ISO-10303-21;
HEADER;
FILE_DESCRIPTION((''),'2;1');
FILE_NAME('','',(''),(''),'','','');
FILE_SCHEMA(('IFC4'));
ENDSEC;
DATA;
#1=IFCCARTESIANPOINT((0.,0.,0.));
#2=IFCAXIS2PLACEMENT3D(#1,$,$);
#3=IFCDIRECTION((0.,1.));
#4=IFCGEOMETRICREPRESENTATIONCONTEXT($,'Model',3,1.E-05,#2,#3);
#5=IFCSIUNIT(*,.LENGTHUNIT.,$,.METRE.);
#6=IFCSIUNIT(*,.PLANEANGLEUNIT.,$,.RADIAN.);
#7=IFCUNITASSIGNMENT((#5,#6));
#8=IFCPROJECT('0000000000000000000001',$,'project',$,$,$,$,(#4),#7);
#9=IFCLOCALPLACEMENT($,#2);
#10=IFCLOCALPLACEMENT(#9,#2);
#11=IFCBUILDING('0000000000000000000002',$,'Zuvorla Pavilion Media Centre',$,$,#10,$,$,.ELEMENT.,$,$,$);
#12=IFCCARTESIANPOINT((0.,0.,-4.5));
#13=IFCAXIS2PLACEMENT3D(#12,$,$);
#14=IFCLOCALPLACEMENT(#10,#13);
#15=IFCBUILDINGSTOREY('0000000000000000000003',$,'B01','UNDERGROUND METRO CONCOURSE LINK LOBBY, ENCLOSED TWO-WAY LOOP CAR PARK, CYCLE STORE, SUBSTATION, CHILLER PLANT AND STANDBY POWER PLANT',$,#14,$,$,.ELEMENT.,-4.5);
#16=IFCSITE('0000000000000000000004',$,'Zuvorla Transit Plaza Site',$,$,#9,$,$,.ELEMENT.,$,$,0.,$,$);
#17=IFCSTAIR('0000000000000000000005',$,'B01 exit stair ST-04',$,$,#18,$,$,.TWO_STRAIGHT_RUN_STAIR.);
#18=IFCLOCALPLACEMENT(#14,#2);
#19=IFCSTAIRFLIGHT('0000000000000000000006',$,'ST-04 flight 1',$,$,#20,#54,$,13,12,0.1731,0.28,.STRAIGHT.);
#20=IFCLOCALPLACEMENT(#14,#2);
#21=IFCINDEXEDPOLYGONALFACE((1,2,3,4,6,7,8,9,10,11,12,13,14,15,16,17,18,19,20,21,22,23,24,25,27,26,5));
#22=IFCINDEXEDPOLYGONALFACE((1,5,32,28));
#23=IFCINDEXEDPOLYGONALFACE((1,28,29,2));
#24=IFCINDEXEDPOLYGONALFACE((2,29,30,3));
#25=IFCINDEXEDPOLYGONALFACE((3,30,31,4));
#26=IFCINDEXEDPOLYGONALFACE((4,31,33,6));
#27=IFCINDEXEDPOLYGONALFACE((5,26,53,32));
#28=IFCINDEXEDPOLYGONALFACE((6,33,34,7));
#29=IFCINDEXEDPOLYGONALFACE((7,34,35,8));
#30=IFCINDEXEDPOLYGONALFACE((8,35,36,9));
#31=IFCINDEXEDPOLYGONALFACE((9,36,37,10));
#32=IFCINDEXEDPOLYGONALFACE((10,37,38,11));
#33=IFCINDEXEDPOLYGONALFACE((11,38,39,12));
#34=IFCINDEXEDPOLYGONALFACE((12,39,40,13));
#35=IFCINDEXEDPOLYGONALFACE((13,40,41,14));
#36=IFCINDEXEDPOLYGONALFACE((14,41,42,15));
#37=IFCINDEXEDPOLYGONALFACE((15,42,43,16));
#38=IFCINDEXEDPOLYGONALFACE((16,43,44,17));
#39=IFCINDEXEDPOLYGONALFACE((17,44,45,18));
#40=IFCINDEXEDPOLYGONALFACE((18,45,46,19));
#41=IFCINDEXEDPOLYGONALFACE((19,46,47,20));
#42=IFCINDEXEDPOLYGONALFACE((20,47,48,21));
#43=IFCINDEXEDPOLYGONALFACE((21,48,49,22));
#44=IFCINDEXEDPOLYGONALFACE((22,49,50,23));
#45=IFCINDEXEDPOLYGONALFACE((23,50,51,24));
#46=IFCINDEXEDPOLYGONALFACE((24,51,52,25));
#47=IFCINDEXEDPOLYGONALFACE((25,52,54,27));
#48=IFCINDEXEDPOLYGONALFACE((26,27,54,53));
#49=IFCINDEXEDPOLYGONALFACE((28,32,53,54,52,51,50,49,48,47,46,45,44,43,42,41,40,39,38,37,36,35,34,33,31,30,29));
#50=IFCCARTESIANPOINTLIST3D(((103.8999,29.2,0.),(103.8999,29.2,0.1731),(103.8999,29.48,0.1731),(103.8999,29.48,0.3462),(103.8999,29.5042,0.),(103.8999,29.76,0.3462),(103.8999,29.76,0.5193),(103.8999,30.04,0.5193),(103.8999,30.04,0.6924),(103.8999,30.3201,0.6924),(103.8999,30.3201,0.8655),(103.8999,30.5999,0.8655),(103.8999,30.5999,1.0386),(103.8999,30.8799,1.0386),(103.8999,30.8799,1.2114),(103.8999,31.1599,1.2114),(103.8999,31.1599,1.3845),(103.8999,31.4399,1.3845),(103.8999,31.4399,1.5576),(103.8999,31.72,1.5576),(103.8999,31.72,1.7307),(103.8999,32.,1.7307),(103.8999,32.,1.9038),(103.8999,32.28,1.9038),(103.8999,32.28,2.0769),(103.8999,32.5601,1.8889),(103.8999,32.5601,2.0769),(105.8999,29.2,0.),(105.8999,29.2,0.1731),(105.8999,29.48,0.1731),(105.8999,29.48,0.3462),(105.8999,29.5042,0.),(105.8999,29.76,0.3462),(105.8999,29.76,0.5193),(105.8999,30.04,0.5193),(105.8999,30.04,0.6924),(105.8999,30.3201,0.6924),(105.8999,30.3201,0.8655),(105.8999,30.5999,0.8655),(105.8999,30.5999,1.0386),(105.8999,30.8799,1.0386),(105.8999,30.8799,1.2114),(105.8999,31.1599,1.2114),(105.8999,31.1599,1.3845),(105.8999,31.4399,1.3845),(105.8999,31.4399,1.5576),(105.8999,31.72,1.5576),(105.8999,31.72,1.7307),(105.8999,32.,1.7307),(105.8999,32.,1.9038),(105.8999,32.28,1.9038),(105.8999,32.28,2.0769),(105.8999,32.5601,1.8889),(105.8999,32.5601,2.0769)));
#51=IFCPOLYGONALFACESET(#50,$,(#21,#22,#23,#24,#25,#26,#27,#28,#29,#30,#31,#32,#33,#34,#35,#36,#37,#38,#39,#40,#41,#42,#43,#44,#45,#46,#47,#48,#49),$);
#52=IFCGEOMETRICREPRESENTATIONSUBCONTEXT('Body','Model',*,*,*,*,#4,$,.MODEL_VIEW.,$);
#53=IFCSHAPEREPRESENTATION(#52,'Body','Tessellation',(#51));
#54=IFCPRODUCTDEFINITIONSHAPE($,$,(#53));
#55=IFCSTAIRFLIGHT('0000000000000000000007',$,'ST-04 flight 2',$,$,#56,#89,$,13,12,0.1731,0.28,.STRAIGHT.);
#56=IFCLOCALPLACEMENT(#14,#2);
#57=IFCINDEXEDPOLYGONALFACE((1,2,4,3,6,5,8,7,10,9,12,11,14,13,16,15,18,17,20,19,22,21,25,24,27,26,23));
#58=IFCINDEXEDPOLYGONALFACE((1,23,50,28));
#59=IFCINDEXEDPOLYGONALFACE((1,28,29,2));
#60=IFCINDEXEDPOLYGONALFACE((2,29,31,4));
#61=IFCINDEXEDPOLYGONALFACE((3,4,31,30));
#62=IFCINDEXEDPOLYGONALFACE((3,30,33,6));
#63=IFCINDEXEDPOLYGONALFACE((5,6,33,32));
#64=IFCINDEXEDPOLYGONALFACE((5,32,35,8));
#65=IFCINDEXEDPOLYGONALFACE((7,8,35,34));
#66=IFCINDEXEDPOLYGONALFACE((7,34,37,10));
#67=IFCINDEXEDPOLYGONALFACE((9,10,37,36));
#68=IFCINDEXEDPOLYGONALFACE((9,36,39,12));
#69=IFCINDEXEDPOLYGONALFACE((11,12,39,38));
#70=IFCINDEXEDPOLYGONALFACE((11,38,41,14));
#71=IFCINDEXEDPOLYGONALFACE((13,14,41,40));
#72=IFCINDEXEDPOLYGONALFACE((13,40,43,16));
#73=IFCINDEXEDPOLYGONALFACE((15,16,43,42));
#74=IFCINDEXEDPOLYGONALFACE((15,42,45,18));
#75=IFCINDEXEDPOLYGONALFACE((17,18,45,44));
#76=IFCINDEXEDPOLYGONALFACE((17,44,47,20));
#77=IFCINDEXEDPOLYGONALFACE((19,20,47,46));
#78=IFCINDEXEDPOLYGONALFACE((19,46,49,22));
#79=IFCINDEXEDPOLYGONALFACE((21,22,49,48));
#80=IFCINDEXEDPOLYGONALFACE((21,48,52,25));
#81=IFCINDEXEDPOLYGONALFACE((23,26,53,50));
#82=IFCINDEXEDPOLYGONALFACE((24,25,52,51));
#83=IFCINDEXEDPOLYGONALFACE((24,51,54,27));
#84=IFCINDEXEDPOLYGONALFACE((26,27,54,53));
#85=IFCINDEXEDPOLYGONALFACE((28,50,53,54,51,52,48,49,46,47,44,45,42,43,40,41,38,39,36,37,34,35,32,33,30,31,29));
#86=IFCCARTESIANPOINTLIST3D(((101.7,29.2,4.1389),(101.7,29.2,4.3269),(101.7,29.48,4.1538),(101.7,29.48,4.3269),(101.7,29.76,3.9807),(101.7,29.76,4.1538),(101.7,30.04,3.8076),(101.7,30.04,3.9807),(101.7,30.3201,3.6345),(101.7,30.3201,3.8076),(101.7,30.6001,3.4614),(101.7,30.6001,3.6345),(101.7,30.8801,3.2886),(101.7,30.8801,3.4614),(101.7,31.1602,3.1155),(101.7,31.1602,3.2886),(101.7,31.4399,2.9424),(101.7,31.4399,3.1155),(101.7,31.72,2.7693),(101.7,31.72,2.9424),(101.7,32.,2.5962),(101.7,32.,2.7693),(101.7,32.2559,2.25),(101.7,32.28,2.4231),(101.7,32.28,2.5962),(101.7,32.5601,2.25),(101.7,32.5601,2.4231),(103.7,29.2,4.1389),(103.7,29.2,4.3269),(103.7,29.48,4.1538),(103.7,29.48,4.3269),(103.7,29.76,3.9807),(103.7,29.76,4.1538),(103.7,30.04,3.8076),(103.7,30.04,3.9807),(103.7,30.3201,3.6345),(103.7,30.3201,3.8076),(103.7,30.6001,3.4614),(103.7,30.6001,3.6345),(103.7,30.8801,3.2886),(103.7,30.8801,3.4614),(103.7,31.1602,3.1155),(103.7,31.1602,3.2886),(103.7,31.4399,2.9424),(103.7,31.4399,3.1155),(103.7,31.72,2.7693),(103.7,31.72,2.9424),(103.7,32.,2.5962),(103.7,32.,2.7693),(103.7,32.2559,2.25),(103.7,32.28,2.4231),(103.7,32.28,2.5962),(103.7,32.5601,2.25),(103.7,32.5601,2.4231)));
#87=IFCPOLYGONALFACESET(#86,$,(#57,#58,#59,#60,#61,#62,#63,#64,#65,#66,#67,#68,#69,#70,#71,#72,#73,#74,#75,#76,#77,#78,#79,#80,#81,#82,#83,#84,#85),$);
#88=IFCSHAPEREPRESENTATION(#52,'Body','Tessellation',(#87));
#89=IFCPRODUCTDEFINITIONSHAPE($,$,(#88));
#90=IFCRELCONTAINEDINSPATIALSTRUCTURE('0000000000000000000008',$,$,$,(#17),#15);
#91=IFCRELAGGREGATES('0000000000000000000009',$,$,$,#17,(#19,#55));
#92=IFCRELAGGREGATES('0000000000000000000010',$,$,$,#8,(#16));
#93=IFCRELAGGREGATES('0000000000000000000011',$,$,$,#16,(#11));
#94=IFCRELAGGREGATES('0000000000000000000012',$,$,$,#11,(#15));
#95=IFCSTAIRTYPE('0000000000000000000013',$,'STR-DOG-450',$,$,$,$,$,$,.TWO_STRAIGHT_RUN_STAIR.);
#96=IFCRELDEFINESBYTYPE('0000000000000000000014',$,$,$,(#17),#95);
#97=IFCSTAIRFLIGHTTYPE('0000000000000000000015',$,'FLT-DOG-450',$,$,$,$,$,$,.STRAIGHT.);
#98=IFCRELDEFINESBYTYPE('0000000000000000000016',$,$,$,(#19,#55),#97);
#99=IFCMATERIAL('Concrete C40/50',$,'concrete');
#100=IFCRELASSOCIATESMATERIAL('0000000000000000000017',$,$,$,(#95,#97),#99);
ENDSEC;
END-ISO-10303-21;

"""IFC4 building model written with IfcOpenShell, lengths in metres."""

from ifc_helpers import new_model, si_unit, direction, frame, origin, place, context, subcontext, project, spatial, polyline, outline, extrude, material, type_object, element, aggregate, save


model = new_model("IFC4")

# Units and contexts
model_context = context("Model", 3, precision=1e-05, world=origin(), true_north=direction((0.0, 1.0)))
body_context = subcontext(model_context, "Body", "Model", "MODEL_VIEW")
ifc_project = project(units=[si_unit("LENGTHUNIT", "METRE"), si_unit("PLANEANGLEUNIT", "RADIAN")], contexts=[model_context])

# Site, building, storey
site_placement = place(None, origin())
site = spatial("IfcSite", under=ifc_project, at=site_placement, Name="Zuvorla Transit Plaza Site", CompositionType="ELEMENT", RefElevation=0.0)
building_placement = place(site_placement, origin())
building = spatial("IfcBuilding", under=site, at=building_placement, Name="Zuvorla Pavilion Media Centre", CompositionType="ELEMENT")
storey_placement = place(building_placement, frame((0.0, 0.0, -4.5)))
storey = spatial("IfcBuildingStorey", under=building, at=storey_placement, Name="B01", Description="UNDERGROUND METRO CONCOURSE LINK LOBBY, ENCLOSED TWO-WAY LOOP CAR PARK, CYCLE STORE, SUBSTATION, CHILLER PLANT AND STANDBY POWER PLANT", CompositionType="ELEMENT", Elevation=-4.5)

# Shared definitions
ifc_material_1 = material(Name="Concrete C40/50", Category="concrete")

# Stair, stair flights
stair_type = type_object("IfcStairType", Name="STR-DOG-450", PredefinedType="TWO_STRAIGHT_RUN_STAIR", material=ifc_material_1)
stair_placement = place(storey_placement, origin())
stair = element("IfcStair", 1, at=stair_placement, inside=storey, type_object=stair_type, Name="B01 exit stair ST-04", PredefinedType="TWO_STRAIGHT_RUN_STAIR")
stair_flight_type = type_object("IfcStairFlightType", Name="FLT-DOG-450", PredefinedType="STRAIGHT", material=ifc_material_1)
stair_flight_1_placement = place(storey_placement, frame((104.8999, 29.2, 0.0), z_axis=(0.0, 0.0, 1.0), x_axis=(0.0, 1.0, 0.0)))
stair_flight_1 = element("IfcStairFlight", 2, at=stair_flight_1_placement, type_object=stair_flight_type, Name="ST-04 flight 1", NumberOfRisers=13, NumberOfTreads=12, PredefinedType="STRAIGHT", RiserHeight=0.1731, TreadLength=0.28, context=body_context, shape_type="SweptSolid", body=[
    extrude(outline(polyline([(0.0, 0.0), (0.0, 0.1731), (0.28, 0.1731), (0.28, 0.3462), (0.5601, 0.3462), (0.5601, 0.5193), (0.8401, 0.5193), (0.8401, 0.6924), (1.1201, 0.6924), (1.1201, 0.8655), (1.3999, 0.8655), (1.3999, 1.0386), (1.6799, 1.0386), (1.6799, 1.2114), (1.96, 1.2114), (1.96, 1.3845), (2.24, 1.3845), (2.24, 1.5576), (2.52, 1.5576), (2.52, 1.7307), (2.8, 1.7307), (2.8, 1.9038), (3.0801, 1.9038), (3.0801, 2.0769), (3.3601, 2.0769), (3.3601, 2.25), (3.3601, 1.8889), (0.3042, 0.0), (0.0, 0.0)])), frame((0.0, 1.0, 0.0), z_axis=(0.0, -1.0, 0.0), x_axis=(1.0, 0.0, 0.0)), (0.0, 0.0, 1.0), 2.0),
])
stair_flight_2_placement = place(storey_placement, frame((102.7, 32.5601, 2.25), z_axis=(0.0, 0.0, 1.0), x_axis=(0.0, -1.0, 0.0)))
stair_flight_2 = element("IfcStairFlight", 3, at=stair_flight_2_placement, type_object=stair_flight_type, Name="ST-04 flight 2", NumberOfRisers=13, NumberOfTreads=12, PredefinedType="STRAIGHT", RiserHeight=0.1731, TreadLength=0.28, context=body_context, shape_type="SweptSolid", body=[
    extrude(outline(polyline([(0.0, 0.0), (0.0, 0.1731), (0.28, 0.1731), (0.28, 0.3462), (0.5601, 0.3462), (0.5601, 0.5193), (0.8401, 0.5193), (0.8401, 0.6924), (1.1201, 0.6924), (1.1201, 0.8655), (1.3999, 0.8655), (1.3999, 1.0386), (1.6799, 1.0386), (1.6799, 1.2114), (1.96, 1.2114), (1.96, 1.3845), (2.24, 1.3845), (2.24, 1.5576), (2.52, 1.5576), (2.52, 1.7307), (2.8, 1.7307), (2.8, 1.9038), (3.0801, 1.9038), (3.0801, 2.0769), (3.3601, 2.0769), (3.3601, 2.25), (3.3601, 1.8889), (0.3042, 0.0), (0.0, 0.0)])), frame((0.0, 1.0, 0.0), z_axis=(0.0, -1.0, 0.0), x_axis=(1.0, 0.0, 0.0)), (0.0, 0.0, 1.0), 2.0),
])
aggregate(stair, [stair_flight_1, stair_flight_2])

save(model, "model.ifc")
